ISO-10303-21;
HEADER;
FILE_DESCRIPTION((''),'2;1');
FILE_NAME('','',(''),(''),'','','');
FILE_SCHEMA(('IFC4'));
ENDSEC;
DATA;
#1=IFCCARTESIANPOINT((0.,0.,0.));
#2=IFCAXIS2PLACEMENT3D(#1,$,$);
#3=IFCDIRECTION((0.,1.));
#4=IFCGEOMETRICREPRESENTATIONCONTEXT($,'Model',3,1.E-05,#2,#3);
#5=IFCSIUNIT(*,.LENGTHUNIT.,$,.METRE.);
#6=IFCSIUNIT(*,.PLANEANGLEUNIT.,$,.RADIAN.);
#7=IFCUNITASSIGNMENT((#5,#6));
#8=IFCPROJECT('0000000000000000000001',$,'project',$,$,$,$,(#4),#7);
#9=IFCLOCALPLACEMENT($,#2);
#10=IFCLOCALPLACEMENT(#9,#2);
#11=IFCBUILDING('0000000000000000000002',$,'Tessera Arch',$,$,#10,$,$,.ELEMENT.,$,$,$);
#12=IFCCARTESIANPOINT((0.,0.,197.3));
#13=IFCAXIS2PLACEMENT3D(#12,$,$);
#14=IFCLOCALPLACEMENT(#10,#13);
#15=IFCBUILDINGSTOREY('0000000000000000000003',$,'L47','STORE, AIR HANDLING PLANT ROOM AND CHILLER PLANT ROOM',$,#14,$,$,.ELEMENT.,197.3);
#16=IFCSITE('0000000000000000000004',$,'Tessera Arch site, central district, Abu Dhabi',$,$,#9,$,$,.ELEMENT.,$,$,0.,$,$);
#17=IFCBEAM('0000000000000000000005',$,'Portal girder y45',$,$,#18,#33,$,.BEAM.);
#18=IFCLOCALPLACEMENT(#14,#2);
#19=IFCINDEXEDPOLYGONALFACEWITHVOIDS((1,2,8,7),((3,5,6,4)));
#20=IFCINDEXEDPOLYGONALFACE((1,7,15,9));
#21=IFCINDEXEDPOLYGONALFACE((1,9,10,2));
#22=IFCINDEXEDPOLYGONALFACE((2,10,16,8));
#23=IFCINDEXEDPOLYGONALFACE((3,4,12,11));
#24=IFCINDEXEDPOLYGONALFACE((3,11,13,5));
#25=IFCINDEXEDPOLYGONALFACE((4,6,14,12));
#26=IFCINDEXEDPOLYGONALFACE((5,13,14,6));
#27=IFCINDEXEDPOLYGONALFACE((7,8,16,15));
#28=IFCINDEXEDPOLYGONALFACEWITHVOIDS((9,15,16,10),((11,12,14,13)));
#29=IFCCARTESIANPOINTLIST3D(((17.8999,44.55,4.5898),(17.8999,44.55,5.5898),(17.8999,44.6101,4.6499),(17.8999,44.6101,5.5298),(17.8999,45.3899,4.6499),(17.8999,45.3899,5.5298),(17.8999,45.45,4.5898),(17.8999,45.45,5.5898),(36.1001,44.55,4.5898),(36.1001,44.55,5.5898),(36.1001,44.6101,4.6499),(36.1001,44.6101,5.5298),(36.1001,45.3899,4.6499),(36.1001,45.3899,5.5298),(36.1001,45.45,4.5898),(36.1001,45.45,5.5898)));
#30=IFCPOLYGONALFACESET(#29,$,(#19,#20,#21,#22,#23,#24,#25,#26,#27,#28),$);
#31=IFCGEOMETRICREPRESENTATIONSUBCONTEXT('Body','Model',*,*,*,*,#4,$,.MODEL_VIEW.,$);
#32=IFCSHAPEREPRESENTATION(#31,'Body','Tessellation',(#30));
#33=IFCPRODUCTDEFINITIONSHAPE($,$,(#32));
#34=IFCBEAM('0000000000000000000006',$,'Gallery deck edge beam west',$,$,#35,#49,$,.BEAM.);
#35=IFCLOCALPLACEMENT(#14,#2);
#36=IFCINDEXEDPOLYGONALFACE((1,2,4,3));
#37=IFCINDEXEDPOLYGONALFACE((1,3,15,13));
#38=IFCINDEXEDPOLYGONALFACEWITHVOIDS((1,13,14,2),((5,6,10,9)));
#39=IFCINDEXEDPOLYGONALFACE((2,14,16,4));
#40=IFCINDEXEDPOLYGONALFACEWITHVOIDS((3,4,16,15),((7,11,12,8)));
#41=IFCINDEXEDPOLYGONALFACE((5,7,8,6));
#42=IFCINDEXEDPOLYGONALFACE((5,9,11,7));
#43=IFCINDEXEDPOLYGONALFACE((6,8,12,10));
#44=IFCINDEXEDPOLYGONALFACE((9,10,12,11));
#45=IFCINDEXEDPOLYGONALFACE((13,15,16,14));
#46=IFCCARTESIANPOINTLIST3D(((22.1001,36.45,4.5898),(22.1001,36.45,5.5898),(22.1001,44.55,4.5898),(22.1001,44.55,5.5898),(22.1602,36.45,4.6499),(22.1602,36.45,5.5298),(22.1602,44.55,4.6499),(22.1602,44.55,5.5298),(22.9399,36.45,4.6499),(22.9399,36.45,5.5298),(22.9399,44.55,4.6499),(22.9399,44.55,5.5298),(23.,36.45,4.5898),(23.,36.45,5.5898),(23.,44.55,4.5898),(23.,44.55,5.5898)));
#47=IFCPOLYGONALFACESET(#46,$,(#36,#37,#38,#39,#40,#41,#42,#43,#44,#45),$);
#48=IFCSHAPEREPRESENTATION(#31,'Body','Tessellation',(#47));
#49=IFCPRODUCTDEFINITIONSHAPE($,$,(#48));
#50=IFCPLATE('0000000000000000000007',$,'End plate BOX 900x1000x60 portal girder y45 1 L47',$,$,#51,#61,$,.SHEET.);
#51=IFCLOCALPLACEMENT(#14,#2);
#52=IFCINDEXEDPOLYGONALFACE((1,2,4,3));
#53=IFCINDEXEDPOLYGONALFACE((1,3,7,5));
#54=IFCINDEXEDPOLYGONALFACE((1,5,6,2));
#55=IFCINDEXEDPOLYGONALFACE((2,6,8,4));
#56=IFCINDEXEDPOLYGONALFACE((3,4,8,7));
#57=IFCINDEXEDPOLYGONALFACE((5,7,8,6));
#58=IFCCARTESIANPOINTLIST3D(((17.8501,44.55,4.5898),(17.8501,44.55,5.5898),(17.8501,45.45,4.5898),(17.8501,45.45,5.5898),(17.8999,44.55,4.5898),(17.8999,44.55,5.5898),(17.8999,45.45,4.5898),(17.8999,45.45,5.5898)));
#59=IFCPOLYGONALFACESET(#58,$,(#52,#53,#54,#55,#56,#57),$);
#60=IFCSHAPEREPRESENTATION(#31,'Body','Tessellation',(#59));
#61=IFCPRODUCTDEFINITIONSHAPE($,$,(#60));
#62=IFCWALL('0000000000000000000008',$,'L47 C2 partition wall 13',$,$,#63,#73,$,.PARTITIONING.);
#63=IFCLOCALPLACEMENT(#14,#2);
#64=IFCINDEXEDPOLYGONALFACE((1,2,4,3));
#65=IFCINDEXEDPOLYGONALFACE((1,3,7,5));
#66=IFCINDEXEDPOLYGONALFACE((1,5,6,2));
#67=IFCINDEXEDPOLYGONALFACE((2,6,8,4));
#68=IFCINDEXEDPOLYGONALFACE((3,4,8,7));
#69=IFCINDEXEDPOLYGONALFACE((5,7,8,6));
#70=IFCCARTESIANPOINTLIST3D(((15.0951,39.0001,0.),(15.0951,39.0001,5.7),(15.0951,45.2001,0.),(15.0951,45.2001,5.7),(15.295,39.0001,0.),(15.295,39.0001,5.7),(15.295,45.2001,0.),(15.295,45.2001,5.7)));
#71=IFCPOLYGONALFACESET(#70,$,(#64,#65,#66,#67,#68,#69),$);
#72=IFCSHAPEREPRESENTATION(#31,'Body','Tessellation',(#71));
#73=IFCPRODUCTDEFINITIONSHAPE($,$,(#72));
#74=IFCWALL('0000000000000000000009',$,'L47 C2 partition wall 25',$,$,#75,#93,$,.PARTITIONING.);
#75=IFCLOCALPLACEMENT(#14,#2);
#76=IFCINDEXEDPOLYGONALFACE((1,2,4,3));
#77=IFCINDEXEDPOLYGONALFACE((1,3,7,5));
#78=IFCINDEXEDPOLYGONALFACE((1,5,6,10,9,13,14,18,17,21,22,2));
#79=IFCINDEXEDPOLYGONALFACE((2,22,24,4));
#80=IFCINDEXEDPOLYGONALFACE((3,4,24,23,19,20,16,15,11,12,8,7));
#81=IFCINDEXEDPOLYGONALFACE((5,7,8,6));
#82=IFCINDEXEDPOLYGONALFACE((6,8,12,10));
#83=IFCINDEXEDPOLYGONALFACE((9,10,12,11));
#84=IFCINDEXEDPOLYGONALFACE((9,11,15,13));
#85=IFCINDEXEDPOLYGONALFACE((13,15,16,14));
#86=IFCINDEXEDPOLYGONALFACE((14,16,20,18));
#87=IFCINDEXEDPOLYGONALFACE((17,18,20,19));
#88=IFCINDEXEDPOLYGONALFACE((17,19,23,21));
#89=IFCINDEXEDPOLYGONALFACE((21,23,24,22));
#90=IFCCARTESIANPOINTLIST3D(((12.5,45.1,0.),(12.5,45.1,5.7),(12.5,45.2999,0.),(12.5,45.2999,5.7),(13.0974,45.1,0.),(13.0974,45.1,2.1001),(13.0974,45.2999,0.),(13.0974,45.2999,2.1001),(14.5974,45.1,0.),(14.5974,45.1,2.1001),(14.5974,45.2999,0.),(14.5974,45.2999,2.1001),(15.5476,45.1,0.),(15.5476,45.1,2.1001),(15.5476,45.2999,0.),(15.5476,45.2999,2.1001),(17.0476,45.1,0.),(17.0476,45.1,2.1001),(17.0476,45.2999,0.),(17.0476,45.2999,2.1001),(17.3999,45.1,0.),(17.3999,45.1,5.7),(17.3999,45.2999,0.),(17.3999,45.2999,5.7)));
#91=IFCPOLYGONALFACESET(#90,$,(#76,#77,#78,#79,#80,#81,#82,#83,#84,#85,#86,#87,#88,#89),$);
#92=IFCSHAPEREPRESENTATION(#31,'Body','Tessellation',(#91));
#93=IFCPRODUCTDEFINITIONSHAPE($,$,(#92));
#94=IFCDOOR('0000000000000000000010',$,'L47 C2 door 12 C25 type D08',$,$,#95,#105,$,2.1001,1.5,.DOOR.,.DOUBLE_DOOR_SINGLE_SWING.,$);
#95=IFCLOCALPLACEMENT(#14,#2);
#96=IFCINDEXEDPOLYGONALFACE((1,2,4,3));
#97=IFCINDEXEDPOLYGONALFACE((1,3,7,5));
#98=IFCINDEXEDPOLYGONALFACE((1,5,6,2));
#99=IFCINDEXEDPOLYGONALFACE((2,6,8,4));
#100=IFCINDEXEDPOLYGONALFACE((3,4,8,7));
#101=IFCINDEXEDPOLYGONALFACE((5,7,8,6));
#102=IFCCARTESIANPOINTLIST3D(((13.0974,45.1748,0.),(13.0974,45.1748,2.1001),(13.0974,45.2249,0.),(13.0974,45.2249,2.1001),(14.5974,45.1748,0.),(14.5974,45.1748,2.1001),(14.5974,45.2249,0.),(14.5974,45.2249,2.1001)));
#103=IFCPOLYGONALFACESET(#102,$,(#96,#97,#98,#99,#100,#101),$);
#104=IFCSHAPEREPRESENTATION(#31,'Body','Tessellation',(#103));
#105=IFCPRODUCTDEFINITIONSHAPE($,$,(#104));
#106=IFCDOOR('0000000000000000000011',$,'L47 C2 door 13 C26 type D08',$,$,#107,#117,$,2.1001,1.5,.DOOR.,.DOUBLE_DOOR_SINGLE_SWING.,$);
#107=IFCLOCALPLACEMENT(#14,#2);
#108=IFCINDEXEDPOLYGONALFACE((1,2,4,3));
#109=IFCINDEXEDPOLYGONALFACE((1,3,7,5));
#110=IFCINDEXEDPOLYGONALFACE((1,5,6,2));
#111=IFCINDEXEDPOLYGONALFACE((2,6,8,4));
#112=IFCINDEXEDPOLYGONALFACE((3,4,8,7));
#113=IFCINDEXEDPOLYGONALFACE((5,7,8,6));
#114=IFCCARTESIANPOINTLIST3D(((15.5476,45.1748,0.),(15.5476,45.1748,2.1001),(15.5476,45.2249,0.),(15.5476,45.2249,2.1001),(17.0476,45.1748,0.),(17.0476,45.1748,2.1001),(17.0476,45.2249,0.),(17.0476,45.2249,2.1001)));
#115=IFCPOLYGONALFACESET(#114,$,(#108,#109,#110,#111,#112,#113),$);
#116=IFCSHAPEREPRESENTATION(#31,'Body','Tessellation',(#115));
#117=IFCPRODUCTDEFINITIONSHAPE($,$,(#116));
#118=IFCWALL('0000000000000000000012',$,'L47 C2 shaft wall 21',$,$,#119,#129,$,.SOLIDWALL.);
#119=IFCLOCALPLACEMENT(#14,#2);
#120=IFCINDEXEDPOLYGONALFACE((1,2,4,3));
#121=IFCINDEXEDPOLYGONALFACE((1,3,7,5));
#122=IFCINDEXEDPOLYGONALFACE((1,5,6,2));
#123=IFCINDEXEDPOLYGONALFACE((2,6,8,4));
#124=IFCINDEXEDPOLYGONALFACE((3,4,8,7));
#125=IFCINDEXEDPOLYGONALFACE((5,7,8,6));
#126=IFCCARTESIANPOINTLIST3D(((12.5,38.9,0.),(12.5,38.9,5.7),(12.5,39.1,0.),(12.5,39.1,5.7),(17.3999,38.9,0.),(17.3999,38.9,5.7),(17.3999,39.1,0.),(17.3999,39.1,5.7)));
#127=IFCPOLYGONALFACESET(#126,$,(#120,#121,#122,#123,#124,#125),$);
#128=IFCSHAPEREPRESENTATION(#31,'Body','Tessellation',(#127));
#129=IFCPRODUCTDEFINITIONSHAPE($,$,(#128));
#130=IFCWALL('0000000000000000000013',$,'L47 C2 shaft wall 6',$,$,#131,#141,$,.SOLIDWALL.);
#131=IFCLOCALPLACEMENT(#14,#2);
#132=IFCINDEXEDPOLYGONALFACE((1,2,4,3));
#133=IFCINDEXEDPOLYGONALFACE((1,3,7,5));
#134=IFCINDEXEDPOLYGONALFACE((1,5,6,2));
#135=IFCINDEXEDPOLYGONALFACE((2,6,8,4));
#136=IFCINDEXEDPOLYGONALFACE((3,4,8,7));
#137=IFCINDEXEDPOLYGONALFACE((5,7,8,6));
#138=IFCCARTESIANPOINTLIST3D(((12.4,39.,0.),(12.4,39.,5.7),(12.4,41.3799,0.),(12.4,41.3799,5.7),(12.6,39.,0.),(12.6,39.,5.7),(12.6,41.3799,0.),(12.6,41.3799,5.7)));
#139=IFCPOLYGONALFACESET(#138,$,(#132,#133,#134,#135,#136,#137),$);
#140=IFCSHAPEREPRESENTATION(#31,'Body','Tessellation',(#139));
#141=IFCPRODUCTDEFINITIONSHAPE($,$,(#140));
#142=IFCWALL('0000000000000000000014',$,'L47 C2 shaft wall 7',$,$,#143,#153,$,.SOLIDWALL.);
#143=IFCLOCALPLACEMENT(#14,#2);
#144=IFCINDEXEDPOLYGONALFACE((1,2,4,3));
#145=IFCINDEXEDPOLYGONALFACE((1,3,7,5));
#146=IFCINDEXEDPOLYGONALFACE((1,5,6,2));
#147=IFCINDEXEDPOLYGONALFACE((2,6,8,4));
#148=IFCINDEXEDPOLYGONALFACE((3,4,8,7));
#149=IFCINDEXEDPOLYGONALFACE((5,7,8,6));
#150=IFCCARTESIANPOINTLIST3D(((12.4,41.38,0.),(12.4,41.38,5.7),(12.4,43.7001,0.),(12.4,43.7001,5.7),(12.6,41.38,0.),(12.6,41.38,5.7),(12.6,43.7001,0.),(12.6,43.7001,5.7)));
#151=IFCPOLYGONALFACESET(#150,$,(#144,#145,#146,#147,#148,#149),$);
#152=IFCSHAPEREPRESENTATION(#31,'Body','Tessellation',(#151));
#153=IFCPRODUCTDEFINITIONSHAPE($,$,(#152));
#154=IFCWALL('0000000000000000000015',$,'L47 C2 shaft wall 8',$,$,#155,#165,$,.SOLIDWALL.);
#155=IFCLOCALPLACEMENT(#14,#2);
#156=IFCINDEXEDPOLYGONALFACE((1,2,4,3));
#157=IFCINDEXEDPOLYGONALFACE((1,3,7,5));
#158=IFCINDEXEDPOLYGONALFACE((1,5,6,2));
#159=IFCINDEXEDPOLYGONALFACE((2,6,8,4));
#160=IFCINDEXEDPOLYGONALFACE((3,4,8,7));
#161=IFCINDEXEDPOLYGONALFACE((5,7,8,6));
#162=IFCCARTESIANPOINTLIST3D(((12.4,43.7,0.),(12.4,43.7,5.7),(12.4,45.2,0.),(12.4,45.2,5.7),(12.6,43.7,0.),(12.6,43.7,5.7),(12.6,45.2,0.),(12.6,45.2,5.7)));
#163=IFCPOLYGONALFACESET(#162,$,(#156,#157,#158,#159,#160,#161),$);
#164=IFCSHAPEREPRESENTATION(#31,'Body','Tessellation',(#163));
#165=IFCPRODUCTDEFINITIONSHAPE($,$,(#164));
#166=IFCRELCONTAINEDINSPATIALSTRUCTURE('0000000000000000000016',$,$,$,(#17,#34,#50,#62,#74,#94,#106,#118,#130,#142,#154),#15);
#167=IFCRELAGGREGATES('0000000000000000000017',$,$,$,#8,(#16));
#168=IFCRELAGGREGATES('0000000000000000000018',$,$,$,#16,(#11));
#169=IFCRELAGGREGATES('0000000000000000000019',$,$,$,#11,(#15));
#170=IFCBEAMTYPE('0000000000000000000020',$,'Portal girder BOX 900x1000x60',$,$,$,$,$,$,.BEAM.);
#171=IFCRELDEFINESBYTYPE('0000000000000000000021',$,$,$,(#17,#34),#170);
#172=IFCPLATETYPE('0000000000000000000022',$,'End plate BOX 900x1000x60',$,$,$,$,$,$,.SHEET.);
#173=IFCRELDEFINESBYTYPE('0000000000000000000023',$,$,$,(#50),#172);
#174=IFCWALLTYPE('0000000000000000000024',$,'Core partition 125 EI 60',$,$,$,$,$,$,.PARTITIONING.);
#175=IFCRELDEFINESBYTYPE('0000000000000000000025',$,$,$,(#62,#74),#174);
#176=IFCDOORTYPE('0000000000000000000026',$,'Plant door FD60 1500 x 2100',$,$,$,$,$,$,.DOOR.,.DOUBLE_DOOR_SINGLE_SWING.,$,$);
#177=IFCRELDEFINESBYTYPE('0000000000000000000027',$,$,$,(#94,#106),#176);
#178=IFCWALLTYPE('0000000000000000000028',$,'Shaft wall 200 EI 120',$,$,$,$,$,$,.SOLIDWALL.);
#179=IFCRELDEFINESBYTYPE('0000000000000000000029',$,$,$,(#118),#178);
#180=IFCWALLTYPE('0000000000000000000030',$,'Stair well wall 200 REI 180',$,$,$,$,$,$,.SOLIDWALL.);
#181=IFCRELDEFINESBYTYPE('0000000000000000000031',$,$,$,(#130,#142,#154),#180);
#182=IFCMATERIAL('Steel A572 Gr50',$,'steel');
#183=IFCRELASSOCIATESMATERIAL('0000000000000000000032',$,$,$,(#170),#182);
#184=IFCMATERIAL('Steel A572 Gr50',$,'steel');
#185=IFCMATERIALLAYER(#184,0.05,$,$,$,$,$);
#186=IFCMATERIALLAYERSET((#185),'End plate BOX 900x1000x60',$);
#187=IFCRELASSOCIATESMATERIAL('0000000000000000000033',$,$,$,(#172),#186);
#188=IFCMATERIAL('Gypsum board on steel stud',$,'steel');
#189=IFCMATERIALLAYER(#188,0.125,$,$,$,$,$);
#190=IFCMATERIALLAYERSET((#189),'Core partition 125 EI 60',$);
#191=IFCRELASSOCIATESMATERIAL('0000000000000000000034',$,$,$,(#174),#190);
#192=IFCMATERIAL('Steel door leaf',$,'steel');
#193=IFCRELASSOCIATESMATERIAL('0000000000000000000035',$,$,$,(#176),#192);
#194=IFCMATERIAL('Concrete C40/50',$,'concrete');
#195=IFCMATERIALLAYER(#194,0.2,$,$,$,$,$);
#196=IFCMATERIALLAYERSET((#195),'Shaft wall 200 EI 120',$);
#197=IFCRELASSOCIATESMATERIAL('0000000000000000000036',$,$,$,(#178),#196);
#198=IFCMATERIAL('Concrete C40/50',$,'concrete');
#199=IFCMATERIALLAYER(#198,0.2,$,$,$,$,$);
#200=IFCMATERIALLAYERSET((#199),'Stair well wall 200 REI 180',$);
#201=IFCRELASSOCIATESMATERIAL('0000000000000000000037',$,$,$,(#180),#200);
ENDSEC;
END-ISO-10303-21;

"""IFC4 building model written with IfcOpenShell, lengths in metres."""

from ifc_helpers import new_model, si_unit, direction, frame, frame_2d, origin, origin_2d, place, context, subcontext, project, spatial, rectangle, hollow_rectangle, extrude, material, layer, layer_set, material_profile, profile_set, type_object, element, fill, save


model = new_model("IFC4")

# Units and contexts
model_context = context("Model", 3, precision=1e-05, world=origin(), true_north=direction((0.0, 1.0)))
body_context = subcontext(model_context, "Body", "Model", "MODEL_VIEW")
ifc_project = project(units=[si_unit("LENGTHUNIT", "METRE"), si_unit("PLANEANGLEUNIT", "RADIAN")], contexts=[model_context])

# Site, building, storey
site_placement = place(None, origin())
site = spatial("IfcSite", under=ifc_project, at=site_placement, Name="Tessera Arch site, central district, Abu Dhabi", CompositionType="ELEMENT", RefElevation=0.0)
building_placement = place(site_placement, origin())
building = spatial("IfcBuilding", under=site, at=building_placement, Name="Tessera Arch", CompositionType="ELEMENT")
storey_placement = place(building_placement, frame((0.0, 0.0, 197.3)))
storey = spatial("IfcBuildingStorey", under=building, at=storey_placement, Name="L47", Description="STORE, AIR HANDLING PLANT ROOM AND CHILLER PLANT ROOM", CompositionType="ELEMENT", Elevation=197.3)

# Beams
ifc_material_1 = material(Name="Steel A572 Gr50", Category="steel")
ifc_material_profile = material_profile(ifc_material_1, hollow_rectangle(XDim=0.8999, YDim=1.0, WallThickness=0.0601, at=origin_2d()), Name="BOX 900x1000x60")
ifc_profile_set = profile_set([ifc_material_profile], Name="Steel A572 Gr50")
beam_type = type_object("IfcBeamType", Name="Portal girder BOX 900x1000x60", PredefinedType="BEAM", material=ifc_profile_set)
beam_1_placement = place(storey_placement, frame((17.8999, 45.0, 5.0898), z_axis=(1.0, 0.0, 0.0), x_axis=(0.0, 1.0, 0.0)))
element("IfcBeam", 1, at=beam_1_placement, inside=storey, type_object=beam_type, Name="Portal girder y45", PredefinedType="BEAM", context=body_context, shape_type="SweptSolid", body=[
    extrude(hollow_rectangle(XDim=0.8999, YDim=1.0, WallThickness=0.0601, at=origin_2d()), origin(), (0.0, 0.0, 1.0), 18.2002),
])
beam_2_placement = place(storey_placement, frame((22.55, 36.45, 5.0898), z_axis=(0.0, 1.0, 0.0), x_axis=(-1.0, 0.0, 0.0)))
element("IfcBeam", 2, at=beam_2_placement, inside=storey, type_object=beam_type, Name="Gallery deck edge beam west", PredefinedType="BEAM", context=body_context, shape_type="SweptSolid", body=[
    extrude(hollow_rectangle(XDim=0.8999, YDim=1.0, WallThickness=0.0601, at=origin_2d()), origin(), (0.0, 0.0, 1.0), 8.1001),
])

# Plate
ifc_material_2 = material(Name="Steel A572 Gr50", Category="steel")
ifc_layer_1 = layer(ifc_material_2, 0.05)
ifc_layer_set_1 = layer_set([ifc_layer_1], Name="End plate BOX 900x1000x60")
plate_type = type_object("IfcPlateType", Name="End plate BOX 900x1000x60", PredefinedType="SHEET", material=ifc_layer_set_1)
plate_placement = place(storey_placement, frame((17.8501, 45.0, 5.0898), z_axis=(1.0, 0.0, 0.0), x_axis=(0.0, 1.0, 0.0)))
element("IfcPlate", 3, at=plate_placement, inside=storey, type_object=plate_type, Name="End plate BOX 900x1000x60 portal girder y45 1 L47", PredefinedType="SHEET", context=body_context, shape_type="SweptSolid", body=[
    extrude(rectangle(XDim=0.8999, YDim=1.0, at=origin_2d()), origin(), (0.0, 0.0, 1.0), 0.0498),
])

# Wall
ifc_material_3 = material(Name="Gypsum board on steel stud", Category="steel")
ifc_layer_2 = layer(ifc_material_3, 0.125)
ifc_layer_set_2 = layer_set([ifc_layer_2], Name="Core partition 125 EI 60")
wall_type_1 = type_object("IfcWallType", Name="Core partition 125 EI 60", PredefinedType="PARTITIONING", material=ifc_layer_set_2)
wall_1_placement = place(storey_placement, frame((15.1951, 39.0, 0.0), z_axis=(0.0, 0.0, 1.0), x_axis=(0.0, 1.0, 0.0)))
element("IfcWall", 4, at=wall_1_placement, inside=storey, type_object=wall_type_1, Name="L47 C2 partition wall 13", PredefinedType="PARTITIONING", context=body_context, shape_type="SweptSolid", body=[
    extrude(rectangle(XDim=6.2, YDim=0.2, at=frame_2d((3.1001, 0.0))), origin(), (0.0, 0.0, 1.0), 5.7),
])

# Wall, openings, doors
wall_2_placement = place(storey_placement, frame((12.5, 45.2, 0.0), z_axis=(0.0, 0.0, 1.0), x_axis=(1.0, 0.0, 0.0)))
wall_2 = element("IfcWall", 5, at=wall_2_placement, inside=storey, type_object=wall_type_1, Name="L47 C2 partition wall 25", PredefinedType="PARTITIONING", context=body_context, shape_type="SweptSolid", body=[
    extrude(rectangle(XDim=4.8999, YDim=0.2, at=frame_2d((2.45, 0.0))), origin(), (0.0, 0.0, 1.0), 5.7),
])
opening_1_placement = place(wall_2_placement, frame((0.5974, 0.0, 0.0)))
opening_1 = element("IfcOpeningElement", 6, at=opening_1_placement, cuts=wall_2, PredefinedType="OPENING", context=body_context, shape_type="SweptSolid", body=[
    extrude(rectangle(XDim=1.5, YDim=2.1001, at=frame_2d((0.75, 1.05))), frame((0.0, 0.1099, 0.0), z_axis=(0.0, -1.0, 0.0), x_axis=(1.0, 0.0, 0.0)), (0.0, 0.0, 1.0), 0.22),
])
opening_2_placement = place(wall_2_placement, frame((3.0476, 0.0, 0.0)))
opening_2 = element("IfcOpeningElement", 7, at=opening_2_placement, cuts=wall_2, PredefinedType="OPENING", context=body_context, shape_type="SweptSolid", body=[
    extrude(rectangle(XDim=1.5, YDim=2.1001, at=frame_2d((0.75, 1.05))), frame((0.0, 0.1099, 0.0), z_axis=(0.0, -1.0, 0.0), x_axis=(1.0, 0.0, 0.0)), (0.0, 0.0, 1.0), 0.22),
])
ifc_material_4 = material(Name="Steel door leaf", Category="steel")
door_type = type_object("IfcDoorType", Name="Plant door FD60 1500 x 2100", OperationType="DOUBLE_DOOR_SINGLE_SWING", PredefinedType="DOOR", material=ifc_material_4)
door_1_placement = place(opening_1_placement, origin())
door_1 = element("IfcDoor", 8, at=door_1_placement, inside=storey, type_object=door_type, Name="L47 C2 door 12 C25 type D08", OperationType="DOUBLE_DOOR_SINGLE_SWING", OverallHeight=2.1001, OverallWidth=1.5, PredefinedType="DOOR", context=body_context, shape_type="SweptSolid", body=[
    extrude(rectangle(XDim=1.5, YDim=2.1001, at=frame_2d((0.75, 1.05))), frame((0.0, 0.0249, 0.0), z_axis=(0.0, -1.0, 0.0), x_axis=(1.0, 0.0, 0.0)), (0.0, 0.0, 1.0), 0.05),
])
fill(opening_1, door_1)
door_2_placement = place(opening_2_placement, origin())
door_2 = element("IfcDoor", 9, at=door_2_placement, inside=storey, type_object=door_type, Name="L47 C2 door 13 C26 type D08", OperationType="DOUBLE_DOOR_SINGLE_SWING", OverallHeight=2.1001, OverallWidth=1.5, PredefinedType="DOOR", context=body_context, shape_type="SweptSolid", body=[
    extrude(rectangle(XDim=1.5, YDim=2.1001, at=frame_2d((0.75, 1.05))), frame((0.0, 0.0249, 0.0), z_axis=(0.0, -1.0, 0.0), x_axis=(1.0, 0.0, 0.0)), (0.0, 0.0, 1.0), 0.05),
])
fill(opening_2, door_2)

# Walls
ifc_material_5 = material(Name="Concrete C40/50", Category="concrete")
ifc_layer_3 = layer(ifc_material_5, 0.2)
ifc_layer_set_3 = layer_set([ifc_layer_3], Name="Shaft wall 200 EI 120")
wall_type_2 = type_object("IfcWallType", Name="Shaft wall 200 EI 120", PredefinedType="SOLIDWALL", material=ifc_layer_set_3)
wall_3_placement = place(storey_placement, frame((12.5, 39.0, 0.0), z_axis=(0.0, 0.0, 1.0), x_axis=(1.0, 0.0, 0.0)))
element("IfcWall", 10, at=wall_3_placement, inside=storey, type_object=wall_type_2, Name="L47 C2 shaft wall 21", PredefinedType="SOLIDWALL", context=body_context, shape_type="SweptSolid", body=[
    extrude(rectangle(XDim=4.8999, YDim=0.2, at=frame_2d((2.45, 0.0))), origin(), (0.0, 0.0, 1.0), 5.7),
])
ifc_material_6 = material(Name="Concrete C40/50", Category="concrete")
ifc_layer_4 = layer(ifc_material_6, 0.2)
ifc_layer_set_4 = layer_set([ifc_layer_4], Name="Stair well wall 200 REI 180")
wall_type_3 = type_object("IfcWallType", Name="Stair well wall 200 REI 180", PredefinedType="SOLIDWALL", material=ifc_layer_set_4)
wall_4_placement = place(storey_placement, frame((12.5, 39.0, 0.0), z_axis=(0.0, 0.0, 1.0), x_axis=(0.0, 1.0, 0.0)))
element("IfcWall", 11, at=wall_4_placement, inside=storey, type_object=wall_type_3, Name="L47 C2 shaft wall 6", PredefinedType="SOLIDWALL", context=body_context, shape_type="SweptSolid", body=[
    extrude(rectangle(XDim=2.3799, YDim=0.2, at=frame_2d((1.1899, 0.0))), origin(), (0.0, 0.0, 1.0), 5.7),
])
wall_5_placement = place(storey_placement, frame((12.5, 41.3799, 0.0), z_axis=(0.0, 0.0, 1.0), x_axis=(0.0, 1.0, 0.0)))
element("IfcWall", 12, at=wall_5_placement, inside=storey, type_object=wall_type_3, Name="L47 C2 shaft wall 7", PredefinedType="SOLIDWALL", context=body_context, shape_type="SweptSolid", body=[
    extrude(rectangle(XDim=2.3201, YDim=0.2, at=frame_2d((1.1602, 0.0))), origin(), (0.0, 0.0, 1.0), 5.7),
])
wall_6_placement = place(storey_placement, frame((12.5, 43.7, 0.0), z_axis=(0.0, 0.0, 1.0), x_axis=(0.0, 1.0, 0.0)))
element("IfcWall", 13, at=wall_6_placement, inside=storey, type_object=wall_type_3, Name="L47 C2 shaft wall 8", PredefinedType="SOLIDWALL", context=body_context, shape_type="SweptSolid", body=[
    extrude(rectangle(XDim=1.5, YDim=0.2, at=frame_2d((0.75, 0.0))), origin(), (0.0, 0.0, 1.0), 5.7),
])

save(model, "model.ifc")
